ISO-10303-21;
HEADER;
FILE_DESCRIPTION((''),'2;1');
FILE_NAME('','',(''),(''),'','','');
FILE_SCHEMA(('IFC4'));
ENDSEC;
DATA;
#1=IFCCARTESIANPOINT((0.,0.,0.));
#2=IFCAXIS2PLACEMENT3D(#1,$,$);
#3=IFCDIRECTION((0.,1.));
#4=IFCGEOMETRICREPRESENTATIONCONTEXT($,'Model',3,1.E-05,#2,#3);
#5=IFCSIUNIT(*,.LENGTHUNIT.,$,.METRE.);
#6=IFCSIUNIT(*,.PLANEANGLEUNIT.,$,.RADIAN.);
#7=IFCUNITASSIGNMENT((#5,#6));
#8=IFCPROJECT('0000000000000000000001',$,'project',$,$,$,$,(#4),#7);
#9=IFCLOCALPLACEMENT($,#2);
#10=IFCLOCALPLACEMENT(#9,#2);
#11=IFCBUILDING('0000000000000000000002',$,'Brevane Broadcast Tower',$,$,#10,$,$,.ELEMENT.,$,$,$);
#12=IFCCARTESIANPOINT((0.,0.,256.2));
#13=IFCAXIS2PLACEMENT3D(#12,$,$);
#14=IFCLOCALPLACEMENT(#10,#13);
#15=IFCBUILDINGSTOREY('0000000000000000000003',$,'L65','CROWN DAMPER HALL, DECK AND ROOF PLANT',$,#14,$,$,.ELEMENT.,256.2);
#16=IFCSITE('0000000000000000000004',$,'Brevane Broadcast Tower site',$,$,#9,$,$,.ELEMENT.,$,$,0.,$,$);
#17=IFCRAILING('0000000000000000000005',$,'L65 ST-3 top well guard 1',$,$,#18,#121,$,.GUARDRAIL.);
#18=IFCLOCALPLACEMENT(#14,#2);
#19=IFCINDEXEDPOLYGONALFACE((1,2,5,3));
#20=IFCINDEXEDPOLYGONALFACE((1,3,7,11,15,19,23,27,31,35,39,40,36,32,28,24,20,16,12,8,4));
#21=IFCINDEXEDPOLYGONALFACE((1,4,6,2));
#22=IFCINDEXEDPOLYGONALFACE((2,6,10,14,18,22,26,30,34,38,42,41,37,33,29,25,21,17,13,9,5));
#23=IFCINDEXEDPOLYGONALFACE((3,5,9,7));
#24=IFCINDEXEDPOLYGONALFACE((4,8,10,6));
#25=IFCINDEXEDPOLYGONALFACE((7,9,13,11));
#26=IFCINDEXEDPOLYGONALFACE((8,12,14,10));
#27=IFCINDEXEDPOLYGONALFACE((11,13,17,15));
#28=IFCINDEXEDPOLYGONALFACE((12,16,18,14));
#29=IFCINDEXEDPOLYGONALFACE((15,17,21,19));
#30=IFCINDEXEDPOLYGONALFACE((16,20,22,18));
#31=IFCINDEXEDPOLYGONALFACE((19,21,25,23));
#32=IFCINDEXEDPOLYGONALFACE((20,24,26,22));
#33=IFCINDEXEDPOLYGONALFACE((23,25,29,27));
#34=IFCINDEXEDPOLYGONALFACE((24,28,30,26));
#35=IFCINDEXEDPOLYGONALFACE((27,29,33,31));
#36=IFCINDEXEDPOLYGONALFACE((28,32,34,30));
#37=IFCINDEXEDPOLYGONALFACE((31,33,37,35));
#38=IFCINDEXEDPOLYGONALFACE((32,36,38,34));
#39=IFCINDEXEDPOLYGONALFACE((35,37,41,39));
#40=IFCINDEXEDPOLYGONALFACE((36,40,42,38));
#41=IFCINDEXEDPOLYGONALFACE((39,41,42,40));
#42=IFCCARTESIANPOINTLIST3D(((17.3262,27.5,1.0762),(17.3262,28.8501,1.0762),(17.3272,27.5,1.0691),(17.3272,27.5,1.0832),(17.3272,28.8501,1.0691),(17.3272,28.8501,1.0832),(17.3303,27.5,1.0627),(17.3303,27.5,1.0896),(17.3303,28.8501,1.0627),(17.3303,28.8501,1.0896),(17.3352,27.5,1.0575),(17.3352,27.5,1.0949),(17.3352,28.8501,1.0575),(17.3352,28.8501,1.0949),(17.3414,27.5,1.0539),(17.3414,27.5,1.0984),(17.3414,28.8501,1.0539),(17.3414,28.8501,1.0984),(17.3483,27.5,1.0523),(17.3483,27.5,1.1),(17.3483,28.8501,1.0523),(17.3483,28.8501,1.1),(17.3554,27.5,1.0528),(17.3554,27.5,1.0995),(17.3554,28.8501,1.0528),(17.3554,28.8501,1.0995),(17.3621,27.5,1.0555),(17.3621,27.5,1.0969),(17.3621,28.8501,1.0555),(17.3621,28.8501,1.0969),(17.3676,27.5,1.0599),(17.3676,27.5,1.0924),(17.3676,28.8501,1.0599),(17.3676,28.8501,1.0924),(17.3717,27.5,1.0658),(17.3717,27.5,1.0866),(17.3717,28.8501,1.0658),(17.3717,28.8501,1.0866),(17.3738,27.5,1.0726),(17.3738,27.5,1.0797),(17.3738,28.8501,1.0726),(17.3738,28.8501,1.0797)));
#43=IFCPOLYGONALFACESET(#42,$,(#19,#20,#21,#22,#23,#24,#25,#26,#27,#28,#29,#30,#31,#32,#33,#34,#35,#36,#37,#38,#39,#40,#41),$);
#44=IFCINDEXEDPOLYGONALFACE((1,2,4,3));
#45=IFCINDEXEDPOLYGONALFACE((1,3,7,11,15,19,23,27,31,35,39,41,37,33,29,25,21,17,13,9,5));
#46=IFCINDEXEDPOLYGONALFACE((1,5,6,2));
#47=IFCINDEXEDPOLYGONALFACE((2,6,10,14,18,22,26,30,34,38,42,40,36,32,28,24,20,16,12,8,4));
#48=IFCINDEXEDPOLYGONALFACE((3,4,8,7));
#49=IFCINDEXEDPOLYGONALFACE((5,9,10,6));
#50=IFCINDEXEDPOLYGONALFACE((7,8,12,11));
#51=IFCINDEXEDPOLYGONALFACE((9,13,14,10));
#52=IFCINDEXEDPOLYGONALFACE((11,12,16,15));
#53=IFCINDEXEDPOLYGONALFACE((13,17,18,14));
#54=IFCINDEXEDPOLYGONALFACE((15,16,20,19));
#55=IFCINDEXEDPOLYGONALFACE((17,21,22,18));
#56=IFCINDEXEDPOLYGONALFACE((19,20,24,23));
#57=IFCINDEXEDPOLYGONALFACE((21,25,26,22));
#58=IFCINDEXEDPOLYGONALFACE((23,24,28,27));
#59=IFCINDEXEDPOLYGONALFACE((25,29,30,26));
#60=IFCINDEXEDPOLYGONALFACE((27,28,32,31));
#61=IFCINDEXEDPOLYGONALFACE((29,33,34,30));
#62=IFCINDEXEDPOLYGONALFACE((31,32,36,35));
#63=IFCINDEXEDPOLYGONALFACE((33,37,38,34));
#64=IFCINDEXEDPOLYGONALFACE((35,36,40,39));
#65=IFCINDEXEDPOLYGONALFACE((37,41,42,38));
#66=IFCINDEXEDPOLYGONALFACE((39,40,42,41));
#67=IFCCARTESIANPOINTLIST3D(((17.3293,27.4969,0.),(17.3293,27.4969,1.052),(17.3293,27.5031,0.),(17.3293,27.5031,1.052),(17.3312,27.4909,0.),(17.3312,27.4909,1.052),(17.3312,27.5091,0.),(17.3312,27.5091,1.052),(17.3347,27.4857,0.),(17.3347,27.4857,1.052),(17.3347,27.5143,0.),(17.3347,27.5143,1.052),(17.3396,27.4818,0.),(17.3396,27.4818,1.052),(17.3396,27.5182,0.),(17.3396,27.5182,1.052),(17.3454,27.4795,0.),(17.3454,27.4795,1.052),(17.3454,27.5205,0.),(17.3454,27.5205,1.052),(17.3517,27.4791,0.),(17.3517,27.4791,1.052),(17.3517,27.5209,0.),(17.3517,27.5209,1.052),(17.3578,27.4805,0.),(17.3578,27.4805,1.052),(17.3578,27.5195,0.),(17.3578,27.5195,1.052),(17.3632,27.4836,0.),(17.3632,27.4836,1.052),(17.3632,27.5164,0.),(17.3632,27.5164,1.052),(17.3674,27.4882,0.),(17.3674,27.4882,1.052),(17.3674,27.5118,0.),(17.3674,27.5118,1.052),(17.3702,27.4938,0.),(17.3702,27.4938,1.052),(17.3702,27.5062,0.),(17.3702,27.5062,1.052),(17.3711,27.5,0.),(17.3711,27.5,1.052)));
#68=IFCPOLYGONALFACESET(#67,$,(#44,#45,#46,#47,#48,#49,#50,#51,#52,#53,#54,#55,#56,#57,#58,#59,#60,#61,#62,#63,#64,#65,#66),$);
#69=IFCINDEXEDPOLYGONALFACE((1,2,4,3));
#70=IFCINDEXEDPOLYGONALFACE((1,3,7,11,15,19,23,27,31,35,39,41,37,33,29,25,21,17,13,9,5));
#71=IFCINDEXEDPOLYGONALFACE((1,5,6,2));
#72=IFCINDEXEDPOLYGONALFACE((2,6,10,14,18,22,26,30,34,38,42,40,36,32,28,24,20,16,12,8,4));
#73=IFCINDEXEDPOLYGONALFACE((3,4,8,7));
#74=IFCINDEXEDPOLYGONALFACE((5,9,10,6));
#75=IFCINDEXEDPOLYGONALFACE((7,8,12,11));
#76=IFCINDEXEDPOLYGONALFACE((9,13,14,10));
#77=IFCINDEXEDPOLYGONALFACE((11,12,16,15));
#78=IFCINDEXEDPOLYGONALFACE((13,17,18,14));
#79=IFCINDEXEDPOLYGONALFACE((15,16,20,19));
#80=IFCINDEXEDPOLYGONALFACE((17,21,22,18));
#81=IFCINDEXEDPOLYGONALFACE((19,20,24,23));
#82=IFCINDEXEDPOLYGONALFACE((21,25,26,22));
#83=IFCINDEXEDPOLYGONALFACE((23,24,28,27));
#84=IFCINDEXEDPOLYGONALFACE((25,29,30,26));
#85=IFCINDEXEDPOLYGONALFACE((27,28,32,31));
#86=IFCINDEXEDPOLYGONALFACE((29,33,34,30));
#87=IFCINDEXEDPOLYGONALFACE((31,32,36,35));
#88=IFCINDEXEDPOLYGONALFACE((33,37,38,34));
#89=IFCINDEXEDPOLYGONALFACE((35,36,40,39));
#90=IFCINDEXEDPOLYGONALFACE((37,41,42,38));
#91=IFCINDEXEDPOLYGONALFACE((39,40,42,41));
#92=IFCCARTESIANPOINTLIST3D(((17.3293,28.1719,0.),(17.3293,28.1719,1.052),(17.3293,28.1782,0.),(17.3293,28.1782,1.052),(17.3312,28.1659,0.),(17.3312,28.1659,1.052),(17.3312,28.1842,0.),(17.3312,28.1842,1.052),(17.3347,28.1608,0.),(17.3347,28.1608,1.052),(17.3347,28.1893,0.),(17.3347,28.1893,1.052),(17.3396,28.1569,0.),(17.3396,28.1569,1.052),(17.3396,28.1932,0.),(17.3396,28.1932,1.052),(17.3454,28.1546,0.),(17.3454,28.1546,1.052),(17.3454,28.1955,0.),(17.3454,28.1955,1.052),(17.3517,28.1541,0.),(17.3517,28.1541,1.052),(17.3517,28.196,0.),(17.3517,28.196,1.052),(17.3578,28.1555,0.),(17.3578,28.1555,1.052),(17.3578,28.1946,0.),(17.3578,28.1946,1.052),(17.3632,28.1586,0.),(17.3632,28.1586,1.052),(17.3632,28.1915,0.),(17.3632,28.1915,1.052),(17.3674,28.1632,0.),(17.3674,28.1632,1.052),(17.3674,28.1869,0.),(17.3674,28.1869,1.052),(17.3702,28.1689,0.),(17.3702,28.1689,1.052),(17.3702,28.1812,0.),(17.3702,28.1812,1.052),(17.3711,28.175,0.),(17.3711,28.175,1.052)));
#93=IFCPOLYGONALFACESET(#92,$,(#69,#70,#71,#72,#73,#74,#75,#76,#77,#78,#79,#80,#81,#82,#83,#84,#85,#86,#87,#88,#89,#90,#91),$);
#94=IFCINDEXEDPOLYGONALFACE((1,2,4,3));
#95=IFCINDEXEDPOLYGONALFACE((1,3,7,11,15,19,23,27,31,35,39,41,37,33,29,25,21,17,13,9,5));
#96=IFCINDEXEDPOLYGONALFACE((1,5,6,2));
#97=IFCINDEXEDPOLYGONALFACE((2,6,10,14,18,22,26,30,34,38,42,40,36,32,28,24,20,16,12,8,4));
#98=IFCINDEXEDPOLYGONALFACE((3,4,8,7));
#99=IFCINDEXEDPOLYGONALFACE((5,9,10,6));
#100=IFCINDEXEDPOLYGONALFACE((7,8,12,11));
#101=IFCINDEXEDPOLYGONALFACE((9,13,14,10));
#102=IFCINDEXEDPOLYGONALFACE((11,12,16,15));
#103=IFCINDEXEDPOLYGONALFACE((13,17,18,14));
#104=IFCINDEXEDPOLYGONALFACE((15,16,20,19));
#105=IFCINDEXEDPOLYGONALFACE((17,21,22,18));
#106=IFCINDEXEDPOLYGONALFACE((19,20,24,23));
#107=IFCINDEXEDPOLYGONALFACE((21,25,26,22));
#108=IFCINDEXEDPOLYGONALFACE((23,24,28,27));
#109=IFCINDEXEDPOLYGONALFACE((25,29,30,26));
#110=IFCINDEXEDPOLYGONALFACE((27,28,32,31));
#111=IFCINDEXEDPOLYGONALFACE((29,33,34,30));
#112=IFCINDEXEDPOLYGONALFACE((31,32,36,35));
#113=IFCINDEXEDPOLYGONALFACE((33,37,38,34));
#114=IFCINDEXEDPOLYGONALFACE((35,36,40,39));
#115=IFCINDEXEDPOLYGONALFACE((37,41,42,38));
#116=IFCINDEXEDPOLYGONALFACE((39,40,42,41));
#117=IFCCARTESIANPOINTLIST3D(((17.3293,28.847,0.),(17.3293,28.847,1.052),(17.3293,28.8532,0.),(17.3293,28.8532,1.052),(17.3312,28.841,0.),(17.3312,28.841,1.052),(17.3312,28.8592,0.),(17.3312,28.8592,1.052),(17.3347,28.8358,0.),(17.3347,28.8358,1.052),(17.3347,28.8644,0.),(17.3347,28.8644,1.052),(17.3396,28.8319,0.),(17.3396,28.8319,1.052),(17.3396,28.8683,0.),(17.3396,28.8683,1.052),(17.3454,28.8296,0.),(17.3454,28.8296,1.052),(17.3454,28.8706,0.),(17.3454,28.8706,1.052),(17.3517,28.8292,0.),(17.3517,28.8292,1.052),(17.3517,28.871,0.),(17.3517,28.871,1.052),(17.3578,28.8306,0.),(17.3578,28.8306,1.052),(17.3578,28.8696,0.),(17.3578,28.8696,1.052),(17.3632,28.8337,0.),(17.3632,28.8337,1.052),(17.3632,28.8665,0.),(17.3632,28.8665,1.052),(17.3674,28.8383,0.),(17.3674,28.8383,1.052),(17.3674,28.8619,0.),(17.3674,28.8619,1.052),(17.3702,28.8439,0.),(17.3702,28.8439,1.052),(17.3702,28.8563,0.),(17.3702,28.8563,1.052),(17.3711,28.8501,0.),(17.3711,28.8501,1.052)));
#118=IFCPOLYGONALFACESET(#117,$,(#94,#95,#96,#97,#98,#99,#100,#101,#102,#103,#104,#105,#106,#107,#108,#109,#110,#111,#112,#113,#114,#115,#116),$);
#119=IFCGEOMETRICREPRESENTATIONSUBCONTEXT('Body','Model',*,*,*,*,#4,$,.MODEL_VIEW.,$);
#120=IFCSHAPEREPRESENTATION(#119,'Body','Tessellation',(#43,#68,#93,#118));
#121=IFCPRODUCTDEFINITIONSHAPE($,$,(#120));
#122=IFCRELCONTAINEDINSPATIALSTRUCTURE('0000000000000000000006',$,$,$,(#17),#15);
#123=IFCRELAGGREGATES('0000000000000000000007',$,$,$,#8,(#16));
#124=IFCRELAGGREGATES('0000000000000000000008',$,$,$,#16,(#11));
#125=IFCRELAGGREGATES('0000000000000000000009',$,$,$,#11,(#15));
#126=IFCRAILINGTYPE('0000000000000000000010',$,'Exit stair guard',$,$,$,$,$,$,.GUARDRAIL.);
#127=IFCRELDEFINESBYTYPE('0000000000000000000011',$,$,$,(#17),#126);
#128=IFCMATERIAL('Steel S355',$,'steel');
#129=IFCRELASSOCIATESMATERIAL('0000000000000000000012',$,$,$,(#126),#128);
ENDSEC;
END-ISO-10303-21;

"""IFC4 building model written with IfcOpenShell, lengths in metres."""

from ifc_helpers import new_model, si_unit, direction, frame, origin, origin_2d, place, context, subcontext, project, spatial, circle, extrude, material, type_object, element, save


model = new_model("IFC4")

# Units and contexts
model_context = context("Model", 3, precision=1e-05, world=origin(), true_north=direction((0.0, 1.0)))
body_context = subcontext(model_context, "Body", "Model", "MODEL_VIEW")
ifc_project = project(units=[si_unit("LENGTHUNIT", "METRE"), si_unit("PLANEANGLEUNIT", "RADIAN")], contexts=[model_context])

# Site, building, storey
site_placement = place(None, origin())
site = spatial("IfcSite", under=ifc_project, at=site_placement, Name="Brevane Broadcast Tower site", CompositionType="ELEMENT", RefElevation=0.0)
building_placement = place(site_placement, origin())
building = spatial("IfcBuilding", under=site, at=building_placement, Name="Brevane Broadcast Tower", CompositionType="ELEMENT")
storey_placement = place(building_placement, frame((0.0, 0.0, 256.2)))
storey = spatial("IfcBuildingStorey", under=building, at=storey_placement, Name="L65", Description="CROWN DAMPER HALL, DECK AND ROOF PLANT", CompositionType="ELEMENT", Elevation=256.2)

# Shared definitions
ifc_material_1 = material(Name="Steel S355", Category="steel")

# Railing
railing_type_1 = type_object("IfcRailingType", Name="Exit stair guard", PredefinedType="GUARDRAIL", material=ifc_material_1)
railing_1_placement = place(storey_placement, frame((17.3501, 27.5, 0.0)))
element("IfcRailing", 1, at=railing_1_placement, inside=storey, type_object=railing_type_1, Name="L65 ST-3 top well guard 1", PredefinedType="GUARDRAIL", context=body_context, shape_type="SweptSolid", body=[
    extrude(circle(Radius=0.0239, at=origin_2d()), frame((0.0, 0.0, 1.0762), z_axis=(0.0, 1.0, 0.0), x_axis=(-1.0, 0.0, 0.0)), (0.0, 0.0, 1.0), 1.3501),
    extrude(circle(Radius=0.021, at=origin_2d()), origin(), (0.0, 0.0, 1.0), 1.052),
    extrude(circle(Radius=0.021, at=origin_2d()), frame((0.0, 0.675, 0.0)), (0.0, 0.0, 1.0), 1.052),
    extrude(circle(Radius=0.021, at=origin_2d()), frame((0.0, 1.3501, 0.0)), (0.0, 0.0, 1.0), 1.052),
])

save(model, "model.ifc")
